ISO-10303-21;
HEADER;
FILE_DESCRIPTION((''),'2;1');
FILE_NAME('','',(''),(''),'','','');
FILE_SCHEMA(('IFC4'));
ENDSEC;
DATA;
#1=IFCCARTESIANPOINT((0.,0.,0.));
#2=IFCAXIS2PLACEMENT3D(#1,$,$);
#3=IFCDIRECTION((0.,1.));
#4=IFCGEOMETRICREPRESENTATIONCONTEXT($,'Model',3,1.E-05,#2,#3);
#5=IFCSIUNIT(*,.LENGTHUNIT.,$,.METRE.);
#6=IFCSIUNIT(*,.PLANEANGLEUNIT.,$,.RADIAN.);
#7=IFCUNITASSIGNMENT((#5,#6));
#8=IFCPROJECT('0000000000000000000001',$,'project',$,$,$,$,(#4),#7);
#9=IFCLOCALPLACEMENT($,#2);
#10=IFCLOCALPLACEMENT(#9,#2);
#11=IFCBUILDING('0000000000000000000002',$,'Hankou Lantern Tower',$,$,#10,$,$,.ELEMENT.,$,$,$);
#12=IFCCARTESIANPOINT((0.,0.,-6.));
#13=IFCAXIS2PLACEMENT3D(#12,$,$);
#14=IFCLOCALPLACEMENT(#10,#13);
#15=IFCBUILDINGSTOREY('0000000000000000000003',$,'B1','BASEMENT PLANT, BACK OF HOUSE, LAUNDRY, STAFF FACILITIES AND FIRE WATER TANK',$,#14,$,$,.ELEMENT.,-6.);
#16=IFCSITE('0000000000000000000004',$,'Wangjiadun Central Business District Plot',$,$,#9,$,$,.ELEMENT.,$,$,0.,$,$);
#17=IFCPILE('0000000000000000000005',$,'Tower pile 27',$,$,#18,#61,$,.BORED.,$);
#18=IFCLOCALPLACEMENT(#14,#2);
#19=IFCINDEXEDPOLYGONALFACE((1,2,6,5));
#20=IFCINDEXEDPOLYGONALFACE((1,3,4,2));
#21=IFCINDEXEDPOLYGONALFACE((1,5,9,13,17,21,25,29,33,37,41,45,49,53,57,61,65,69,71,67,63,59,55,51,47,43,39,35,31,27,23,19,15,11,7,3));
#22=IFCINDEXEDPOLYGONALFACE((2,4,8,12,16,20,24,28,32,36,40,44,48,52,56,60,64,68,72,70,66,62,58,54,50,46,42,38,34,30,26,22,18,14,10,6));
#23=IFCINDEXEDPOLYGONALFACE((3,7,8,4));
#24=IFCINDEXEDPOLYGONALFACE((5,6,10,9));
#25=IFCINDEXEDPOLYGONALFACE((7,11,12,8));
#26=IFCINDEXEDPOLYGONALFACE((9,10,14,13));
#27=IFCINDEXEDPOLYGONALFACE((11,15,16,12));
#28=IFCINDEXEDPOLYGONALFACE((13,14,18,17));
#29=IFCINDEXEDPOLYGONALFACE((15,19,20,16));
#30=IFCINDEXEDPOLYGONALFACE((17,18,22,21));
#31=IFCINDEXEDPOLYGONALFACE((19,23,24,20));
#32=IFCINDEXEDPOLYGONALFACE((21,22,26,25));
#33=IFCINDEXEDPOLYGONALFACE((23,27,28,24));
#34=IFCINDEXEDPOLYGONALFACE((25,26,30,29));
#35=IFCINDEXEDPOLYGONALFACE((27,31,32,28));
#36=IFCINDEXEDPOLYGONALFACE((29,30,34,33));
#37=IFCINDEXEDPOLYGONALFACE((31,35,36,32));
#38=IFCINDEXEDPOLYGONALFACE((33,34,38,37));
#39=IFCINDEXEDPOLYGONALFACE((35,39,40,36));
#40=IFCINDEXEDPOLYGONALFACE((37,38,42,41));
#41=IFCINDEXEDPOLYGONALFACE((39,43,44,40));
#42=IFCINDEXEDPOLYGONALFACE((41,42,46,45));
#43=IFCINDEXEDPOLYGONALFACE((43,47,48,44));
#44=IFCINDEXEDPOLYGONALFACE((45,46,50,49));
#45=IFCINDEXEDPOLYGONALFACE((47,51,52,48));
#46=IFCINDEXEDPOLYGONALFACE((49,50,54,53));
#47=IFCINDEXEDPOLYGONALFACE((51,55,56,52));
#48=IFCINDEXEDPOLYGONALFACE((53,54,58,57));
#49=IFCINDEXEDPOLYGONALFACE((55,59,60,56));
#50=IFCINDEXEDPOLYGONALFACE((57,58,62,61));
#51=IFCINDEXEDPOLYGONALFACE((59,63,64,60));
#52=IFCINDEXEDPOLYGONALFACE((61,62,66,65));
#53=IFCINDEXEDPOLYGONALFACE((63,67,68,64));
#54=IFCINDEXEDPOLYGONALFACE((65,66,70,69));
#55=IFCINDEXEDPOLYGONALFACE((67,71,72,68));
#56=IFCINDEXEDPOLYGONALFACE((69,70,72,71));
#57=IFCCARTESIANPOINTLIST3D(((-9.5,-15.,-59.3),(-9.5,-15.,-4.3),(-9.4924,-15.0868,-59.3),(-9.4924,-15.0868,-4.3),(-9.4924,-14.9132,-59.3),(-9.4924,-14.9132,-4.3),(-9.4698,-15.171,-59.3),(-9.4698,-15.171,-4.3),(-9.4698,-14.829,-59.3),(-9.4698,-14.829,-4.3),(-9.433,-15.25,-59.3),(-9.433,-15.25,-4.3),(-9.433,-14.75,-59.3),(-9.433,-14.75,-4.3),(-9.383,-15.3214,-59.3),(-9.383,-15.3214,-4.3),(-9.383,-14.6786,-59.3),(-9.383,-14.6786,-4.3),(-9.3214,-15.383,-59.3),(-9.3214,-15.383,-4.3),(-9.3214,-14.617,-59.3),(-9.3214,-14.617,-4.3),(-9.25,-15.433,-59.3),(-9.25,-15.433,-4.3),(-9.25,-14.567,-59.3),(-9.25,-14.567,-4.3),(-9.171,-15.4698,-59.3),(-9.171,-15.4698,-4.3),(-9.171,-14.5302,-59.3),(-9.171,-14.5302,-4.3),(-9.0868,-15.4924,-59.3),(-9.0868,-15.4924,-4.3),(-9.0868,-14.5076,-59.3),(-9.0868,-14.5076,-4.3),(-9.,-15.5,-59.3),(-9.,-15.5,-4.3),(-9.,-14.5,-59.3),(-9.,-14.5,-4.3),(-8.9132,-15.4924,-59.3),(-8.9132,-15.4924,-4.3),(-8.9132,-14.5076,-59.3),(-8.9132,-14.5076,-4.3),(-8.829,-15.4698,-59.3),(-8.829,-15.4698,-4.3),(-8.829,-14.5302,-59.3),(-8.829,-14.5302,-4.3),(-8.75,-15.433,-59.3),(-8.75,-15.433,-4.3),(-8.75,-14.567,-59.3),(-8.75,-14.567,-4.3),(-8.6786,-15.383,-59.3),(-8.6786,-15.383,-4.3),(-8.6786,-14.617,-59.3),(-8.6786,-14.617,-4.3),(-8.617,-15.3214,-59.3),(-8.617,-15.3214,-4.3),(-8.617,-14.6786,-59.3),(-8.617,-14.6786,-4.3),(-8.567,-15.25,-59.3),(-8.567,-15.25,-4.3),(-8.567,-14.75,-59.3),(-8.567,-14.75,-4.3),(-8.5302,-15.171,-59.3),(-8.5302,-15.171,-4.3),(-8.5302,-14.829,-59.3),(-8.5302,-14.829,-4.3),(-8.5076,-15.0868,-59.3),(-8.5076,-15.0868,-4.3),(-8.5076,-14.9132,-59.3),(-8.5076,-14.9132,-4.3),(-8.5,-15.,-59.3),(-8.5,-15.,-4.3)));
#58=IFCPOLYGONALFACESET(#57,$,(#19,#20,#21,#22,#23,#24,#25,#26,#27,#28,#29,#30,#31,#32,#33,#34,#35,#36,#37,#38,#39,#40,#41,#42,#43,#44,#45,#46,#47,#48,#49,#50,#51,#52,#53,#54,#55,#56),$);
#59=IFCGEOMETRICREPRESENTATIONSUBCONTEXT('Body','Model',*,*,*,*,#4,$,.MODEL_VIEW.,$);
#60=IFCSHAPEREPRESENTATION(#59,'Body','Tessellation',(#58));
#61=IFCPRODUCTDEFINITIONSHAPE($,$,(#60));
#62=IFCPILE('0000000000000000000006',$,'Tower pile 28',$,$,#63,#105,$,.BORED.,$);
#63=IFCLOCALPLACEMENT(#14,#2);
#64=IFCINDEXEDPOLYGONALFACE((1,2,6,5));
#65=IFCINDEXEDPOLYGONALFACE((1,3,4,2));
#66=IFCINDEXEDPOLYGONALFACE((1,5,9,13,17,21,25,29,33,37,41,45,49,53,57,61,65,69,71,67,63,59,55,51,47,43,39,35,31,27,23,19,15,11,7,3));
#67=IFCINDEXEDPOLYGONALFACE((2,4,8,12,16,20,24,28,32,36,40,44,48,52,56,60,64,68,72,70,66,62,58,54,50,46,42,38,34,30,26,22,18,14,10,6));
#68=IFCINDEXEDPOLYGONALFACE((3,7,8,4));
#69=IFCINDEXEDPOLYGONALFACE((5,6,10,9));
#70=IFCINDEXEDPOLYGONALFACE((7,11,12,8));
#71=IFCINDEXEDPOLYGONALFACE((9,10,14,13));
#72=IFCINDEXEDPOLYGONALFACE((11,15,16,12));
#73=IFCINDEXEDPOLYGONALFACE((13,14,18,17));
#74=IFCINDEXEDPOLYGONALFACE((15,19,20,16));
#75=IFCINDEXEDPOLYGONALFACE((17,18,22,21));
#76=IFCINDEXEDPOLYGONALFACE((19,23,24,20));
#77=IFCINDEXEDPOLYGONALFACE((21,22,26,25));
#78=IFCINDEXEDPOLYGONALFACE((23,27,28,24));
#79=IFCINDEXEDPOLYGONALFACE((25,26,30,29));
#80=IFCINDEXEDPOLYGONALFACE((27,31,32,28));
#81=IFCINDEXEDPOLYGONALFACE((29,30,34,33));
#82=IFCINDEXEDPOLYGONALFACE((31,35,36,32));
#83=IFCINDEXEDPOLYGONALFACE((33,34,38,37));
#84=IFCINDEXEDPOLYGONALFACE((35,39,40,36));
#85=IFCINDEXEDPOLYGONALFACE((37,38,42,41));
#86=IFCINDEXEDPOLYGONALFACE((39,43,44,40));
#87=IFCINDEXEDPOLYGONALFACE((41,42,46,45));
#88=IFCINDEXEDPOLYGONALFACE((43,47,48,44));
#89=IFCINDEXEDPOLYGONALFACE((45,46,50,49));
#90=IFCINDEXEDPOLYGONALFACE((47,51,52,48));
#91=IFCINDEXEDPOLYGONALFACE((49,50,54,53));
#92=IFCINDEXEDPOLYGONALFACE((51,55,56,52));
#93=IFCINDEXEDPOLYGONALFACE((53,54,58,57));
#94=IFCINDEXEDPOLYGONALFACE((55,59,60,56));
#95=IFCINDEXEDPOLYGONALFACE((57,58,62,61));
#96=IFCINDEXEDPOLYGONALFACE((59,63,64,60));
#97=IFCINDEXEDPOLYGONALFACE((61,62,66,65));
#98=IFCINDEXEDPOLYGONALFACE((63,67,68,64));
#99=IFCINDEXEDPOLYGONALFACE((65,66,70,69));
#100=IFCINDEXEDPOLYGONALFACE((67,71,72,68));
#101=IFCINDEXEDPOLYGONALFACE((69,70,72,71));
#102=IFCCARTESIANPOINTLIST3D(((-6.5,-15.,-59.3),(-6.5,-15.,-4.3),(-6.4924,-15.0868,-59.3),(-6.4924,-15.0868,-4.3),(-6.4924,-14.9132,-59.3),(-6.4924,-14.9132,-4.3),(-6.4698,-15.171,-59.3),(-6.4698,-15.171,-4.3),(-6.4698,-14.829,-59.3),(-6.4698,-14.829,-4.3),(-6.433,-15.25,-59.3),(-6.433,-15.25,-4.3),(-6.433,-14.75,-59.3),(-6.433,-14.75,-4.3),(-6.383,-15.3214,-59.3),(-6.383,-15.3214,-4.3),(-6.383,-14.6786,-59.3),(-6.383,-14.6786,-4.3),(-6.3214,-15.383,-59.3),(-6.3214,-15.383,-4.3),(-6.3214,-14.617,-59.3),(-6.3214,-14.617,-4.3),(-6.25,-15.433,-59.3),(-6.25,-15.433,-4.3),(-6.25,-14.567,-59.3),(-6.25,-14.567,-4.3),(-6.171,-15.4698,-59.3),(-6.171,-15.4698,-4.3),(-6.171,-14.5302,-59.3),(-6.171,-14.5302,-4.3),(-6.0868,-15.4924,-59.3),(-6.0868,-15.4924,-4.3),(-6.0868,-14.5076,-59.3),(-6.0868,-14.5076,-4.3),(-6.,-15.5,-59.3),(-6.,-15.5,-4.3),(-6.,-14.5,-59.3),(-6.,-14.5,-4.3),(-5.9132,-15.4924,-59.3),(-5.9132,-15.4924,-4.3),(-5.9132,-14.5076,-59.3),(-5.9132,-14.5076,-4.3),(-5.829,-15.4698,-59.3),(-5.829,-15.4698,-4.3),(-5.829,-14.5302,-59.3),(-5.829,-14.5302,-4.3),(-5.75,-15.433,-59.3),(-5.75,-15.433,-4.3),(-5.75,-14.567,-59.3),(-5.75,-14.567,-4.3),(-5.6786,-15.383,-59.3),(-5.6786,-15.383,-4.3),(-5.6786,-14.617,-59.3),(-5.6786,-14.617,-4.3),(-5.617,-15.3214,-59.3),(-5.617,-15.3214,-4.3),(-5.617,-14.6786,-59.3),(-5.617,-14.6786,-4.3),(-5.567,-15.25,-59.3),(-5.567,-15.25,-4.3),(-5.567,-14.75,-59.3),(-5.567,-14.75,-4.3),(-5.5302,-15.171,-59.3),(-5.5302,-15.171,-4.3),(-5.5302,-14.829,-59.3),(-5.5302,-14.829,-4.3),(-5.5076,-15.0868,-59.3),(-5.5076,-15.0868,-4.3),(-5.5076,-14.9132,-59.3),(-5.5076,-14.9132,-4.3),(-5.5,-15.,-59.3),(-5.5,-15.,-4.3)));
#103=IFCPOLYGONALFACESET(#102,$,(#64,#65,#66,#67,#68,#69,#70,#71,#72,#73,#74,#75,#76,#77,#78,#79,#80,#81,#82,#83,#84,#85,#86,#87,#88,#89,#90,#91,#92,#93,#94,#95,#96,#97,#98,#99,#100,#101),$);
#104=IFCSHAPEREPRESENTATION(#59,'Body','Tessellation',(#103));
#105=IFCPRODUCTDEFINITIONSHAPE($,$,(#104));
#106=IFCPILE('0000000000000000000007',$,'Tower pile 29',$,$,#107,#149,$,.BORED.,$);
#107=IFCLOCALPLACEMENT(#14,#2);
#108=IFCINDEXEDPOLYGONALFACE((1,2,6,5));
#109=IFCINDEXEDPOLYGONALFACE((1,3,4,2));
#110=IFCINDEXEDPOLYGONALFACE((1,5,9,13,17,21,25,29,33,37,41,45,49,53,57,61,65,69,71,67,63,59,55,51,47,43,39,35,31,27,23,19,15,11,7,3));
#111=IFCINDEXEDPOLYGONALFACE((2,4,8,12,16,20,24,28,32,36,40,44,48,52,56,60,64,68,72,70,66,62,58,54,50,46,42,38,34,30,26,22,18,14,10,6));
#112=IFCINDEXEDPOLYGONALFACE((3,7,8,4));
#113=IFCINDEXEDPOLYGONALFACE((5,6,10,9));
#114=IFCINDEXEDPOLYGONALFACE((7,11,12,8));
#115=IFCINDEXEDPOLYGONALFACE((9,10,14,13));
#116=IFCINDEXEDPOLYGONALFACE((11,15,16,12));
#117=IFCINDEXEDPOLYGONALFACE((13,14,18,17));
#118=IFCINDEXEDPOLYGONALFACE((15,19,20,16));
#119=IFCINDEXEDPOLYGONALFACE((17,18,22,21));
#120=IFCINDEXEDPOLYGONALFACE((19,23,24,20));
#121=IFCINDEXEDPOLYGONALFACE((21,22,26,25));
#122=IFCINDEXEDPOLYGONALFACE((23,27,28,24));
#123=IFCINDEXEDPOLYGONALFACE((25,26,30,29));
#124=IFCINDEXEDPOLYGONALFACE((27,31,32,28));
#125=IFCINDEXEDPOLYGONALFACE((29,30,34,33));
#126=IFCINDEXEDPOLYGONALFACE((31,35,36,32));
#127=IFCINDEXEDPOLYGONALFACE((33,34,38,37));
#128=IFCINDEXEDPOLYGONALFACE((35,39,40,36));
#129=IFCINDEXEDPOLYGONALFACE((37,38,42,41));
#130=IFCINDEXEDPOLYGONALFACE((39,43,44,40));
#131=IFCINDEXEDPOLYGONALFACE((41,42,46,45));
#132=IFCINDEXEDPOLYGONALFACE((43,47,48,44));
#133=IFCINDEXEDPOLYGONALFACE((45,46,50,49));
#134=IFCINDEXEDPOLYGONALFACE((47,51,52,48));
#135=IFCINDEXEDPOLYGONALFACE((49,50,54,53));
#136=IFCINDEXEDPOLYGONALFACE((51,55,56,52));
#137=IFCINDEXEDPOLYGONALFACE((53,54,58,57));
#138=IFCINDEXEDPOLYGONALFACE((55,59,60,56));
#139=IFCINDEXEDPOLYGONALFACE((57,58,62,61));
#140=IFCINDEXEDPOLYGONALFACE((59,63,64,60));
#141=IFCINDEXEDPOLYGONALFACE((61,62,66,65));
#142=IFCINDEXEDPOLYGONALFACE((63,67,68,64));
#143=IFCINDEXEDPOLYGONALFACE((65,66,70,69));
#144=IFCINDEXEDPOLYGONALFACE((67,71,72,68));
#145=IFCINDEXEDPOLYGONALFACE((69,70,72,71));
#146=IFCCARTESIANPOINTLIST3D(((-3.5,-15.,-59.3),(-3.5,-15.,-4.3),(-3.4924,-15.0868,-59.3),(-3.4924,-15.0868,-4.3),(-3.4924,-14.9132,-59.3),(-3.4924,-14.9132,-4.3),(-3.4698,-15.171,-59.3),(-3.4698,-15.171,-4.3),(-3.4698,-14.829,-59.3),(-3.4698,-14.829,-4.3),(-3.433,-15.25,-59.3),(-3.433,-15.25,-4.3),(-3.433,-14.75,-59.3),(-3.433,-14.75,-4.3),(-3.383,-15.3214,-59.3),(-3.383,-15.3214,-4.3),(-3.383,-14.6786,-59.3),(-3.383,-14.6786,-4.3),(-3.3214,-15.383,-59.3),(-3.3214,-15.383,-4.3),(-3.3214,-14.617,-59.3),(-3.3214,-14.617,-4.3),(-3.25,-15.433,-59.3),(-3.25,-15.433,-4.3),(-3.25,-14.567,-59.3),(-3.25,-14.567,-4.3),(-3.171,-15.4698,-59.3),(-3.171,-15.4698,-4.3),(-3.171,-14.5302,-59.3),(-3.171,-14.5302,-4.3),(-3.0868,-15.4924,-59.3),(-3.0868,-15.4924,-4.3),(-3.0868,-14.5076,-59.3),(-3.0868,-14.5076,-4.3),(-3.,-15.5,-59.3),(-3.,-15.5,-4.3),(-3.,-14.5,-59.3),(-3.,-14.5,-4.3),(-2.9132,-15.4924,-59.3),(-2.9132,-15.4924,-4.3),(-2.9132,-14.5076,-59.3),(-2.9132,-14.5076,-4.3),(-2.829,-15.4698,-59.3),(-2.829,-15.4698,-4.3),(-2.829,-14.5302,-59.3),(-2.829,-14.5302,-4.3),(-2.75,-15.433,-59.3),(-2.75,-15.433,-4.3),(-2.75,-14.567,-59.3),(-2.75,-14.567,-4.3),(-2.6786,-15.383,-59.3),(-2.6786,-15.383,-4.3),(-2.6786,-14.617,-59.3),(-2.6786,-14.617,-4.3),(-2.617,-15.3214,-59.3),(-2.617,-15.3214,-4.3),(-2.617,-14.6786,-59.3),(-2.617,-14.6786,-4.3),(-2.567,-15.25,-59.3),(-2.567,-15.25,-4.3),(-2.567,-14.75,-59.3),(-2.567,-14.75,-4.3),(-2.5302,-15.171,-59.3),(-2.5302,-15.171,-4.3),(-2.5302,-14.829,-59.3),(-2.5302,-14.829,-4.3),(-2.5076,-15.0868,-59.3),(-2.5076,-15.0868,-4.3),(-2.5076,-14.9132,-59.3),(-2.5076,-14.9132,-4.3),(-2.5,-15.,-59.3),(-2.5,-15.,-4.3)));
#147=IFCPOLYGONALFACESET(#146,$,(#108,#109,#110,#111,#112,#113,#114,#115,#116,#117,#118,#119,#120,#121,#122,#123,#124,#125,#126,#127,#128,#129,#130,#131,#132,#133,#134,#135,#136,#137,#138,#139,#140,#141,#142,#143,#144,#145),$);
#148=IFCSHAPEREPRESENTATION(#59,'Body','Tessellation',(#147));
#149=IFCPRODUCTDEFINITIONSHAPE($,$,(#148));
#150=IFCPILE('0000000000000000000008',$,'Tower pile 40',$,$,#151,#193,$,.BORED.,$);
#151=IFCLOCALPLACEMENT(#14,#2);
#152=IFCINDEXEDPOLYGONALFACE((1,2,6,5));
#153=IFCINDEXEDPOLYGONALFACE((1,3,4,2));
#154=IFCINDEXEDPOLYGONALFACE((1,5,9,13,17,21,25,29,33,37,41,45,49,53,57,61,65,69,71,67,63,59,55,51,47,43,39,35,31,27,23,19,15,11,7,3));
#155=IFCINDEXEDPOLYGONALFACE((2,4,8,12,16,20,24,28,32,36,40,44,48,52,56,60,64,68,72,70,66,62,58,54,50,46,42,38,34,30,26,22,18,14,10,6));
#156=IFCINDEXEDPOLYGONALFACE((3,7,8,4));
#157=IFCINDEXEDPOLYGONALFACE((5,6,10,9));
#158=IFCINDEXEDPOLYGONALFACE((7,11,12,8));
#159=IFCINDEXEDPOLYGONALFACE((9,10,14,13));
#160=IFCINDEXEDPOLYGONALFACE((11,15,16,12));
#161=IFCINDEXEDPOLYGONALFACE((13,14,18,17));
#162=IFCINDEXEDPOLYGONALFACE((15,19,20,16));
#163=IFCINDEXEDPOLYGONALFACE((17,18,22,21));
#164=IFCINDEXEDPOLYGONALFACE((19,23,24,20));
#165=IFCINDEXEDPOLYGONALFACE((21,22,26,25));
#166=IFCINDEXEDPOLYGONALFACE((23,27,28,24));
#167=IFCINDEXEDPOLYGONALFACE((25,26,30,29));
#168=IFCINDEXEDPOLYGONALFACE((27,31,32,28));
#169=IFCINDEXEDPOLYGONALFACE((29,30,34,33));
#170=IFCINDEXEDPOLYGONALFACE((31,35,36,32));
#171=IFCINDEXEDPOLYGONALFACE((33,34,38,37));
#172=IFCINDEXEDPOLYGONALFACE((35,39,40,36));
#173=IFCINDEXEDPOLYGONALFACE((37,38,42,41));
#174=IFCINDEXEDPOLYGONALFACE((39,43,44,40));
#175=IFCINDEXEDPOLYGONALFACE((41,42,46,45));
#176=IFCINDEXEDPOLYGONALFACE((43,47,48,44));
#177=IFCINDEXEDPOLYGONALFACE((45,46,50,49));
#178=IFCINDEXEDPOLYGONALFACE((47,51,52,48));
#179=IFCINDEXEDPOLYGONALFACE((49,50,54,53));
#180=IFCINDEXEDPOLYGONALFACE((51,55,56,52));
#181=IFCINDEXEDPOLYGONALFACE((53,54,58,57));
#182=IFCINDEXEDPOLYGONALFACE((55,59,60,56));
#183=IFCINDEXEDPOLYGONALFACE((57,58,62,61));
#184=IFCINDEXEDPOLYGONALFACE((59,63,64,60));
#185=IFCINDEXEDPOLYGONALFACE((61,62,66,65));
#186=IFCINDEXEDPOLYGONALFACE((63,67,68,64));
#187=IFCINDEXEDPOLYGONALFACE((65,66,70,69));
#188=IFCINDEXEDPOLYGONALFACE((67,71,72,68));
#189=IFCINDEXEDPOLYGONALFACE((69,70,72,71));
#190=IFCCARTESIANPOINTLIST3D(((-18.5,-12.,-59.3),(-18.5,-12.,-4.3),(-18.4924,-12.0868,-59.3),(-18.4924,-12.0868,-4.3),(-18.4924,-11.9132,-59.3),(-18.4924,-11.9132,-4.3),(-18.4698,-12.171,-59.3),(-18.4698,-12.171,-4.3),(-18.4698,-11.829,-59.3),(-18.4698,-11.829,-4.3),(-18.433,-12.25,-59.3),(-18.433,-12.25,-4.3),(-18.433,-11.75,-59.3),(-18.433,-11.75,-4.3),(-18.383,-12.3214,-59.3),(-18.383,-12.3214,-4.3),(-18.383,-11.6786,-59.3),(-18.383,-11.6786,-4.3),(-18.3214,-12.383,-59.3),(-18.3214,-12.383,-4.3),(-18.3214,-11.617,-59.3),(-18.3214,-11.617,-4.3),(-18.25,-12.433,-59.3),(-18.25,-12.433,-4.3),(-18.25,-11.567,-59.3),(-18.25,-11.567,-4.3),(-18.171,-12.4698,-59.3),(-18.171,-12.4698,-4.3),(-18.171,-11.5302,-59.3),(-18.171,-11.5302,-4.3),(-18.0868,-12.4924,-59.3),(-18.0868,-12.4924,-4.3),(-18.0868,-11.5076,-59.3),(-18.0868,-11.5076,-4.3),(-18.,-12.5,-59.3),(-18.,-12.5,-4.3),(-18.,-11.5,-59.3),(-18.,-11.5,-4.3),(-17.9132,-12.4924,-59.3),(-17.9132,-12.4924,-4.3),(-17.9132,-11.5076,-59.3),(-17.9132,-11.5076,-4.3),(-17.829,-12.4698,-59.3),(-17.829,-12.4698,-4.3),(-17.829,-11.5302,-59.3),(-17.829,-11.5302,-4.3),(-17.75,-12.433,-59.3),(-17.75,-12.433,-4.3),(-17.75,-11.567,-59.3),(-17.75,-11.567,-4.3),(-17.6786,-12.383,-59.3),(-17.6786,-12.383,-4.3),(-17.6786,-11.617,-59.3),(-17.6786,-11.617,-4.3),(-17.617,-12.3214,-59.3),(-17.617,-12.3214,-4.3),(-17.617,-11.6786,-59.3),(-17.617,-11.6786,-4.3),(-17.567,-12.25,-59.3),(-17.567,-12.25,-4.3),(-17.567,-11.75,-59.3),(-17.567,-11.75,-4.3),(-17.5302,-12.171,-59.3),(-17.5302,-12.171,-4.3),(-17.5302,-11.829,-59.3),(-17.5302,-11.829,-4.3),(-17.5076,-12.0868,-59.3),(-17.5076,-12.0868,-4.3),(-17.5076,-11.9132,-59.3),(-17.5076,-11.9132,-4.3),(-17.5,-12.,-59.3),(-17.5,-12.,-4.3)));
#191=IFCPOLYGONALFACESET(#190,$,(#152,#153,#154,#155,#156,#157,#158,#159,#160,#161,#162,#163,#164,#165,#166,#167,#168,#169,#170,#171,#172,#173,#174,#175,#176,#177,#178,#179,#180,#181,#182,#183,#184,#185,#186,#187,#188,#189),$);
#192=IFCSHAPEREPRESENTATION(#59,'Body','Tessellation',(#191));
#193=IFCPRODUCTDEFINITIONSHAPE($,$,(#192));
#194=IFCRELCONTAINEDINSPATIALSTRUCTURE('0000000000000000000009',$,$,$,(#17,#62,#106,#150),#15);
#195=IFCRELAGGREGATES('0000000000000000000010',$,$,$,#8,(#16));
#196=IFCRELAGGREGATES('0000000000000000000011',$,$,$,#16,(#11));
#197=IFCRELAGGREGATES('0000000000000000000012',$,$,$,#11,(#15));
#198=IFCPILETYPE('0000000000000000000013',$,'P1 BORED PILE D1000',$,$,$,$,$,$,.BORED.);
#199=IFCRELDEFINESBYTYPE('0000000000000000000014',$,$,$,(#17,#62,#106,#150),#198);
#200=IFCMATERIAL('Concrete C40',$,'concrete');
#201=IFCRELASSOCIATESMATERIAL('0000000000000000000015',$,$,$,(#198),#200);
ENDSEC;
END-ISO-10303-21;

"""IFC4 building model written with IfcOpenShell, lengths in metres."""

from ifc_helpers import new_model, si_unit, direction, frame, origin, origin_2d, place, context, subcontext, project, spatial, circle, extrude, material, material_profile, profile_set, type_object, element, save


model = new_model("IFC4")

# Units and contexts
model_context = context("Model", 3, precision=1e-05, world=origin(), true_north=direction((0.0, 1.0)))
body_context = subcontext(model_context, "Body", "Model", "MODEL_VIEW")
ifc_project = project(units=[si_unit("LENGTHUNIT", "METRE"), si_unit("PLANEANGLEUNIT", "RADIAN")], contexts=[model_context])

# Site, building, storey
site_placement = place(None, origin())
site = spatial("IfcSite", under=ifc_project, at=site_placement, Name="Wangjiadun Central Business District Plot", CompositionType="ELEMENT", RefElevation=0.0)
building_placement = place(site_placement, origin())
building = spatial("IfcBuilding", under=site, at=building_placement, Name="Hankou Lantern Tower", CompositionType="ELEMENT")
storey_placement = place(building_placement, frame((0.0, 0.0, -6.0)))
storey = spatial("IfcBuildingStorey", under=building, at=storey_placement, Name="B1", Description="BASEMENT PLANT, BACK OF HOUSE, LAUNDRY, STAFF FACILITIES AND FIRE WATER TANK", CompositionType="ELEMENT", Elevation=-6.0)

# Piles
ifc_material_1 = material(Name="Concrete C40", Category="concrete")
ifc_material_profile_1 = material_profile(ifc_material_1, circle(Radius=0.5, at=origin_2d()), Name="RC D1000")
ifc_profile_set_1 = profile_set([ifc_material_profile_1], Name="Concrete C40")
pile_type_1 = type_object("IfcPileType", Name="P1 BORED PILE D1000", PredefinedType="BORED", material=ifc_profile_set_1)
for number, where, z_axis, x_axis, name in (
    (1, (-9.0, -15.0, -4.3), (0.0, 0.0, -1.0), (1.0, 0.0, 0.0), "Tower pile 27"),
    (2, (-6.0, -15.0, -4.3), (0.0, 0.0, -1.0), (1.0, 0.0, 0.0), "Tower pile 28"),
    (3, (-3.0, -15.0, -4.3), (0.0, 0.0, -1.0), (1.0, 0.0, 0.0), "Tower pile 29"),
    (4, (-18.0, -12.0, -4.3), (0.0, 0.0, -1.0), (1.0, 0.0, 0.0), "Tower pile 40"),
):
    element("IfcPile", number, at=place(storey_placement, frame(where, z_axis=z_axis, x_axis=x_axis)), inside=storey, type_object=pile_type_1, Name=name, PredefinedType="BORED", context=body_context, shape_type="SweptSolid", body=[
        extrude(circle(Radius=0.5, at=origin_2d()), origin(), (0.0, 0.0, 1.0), 55.0),
    ])

save(model, "model.ifc")
